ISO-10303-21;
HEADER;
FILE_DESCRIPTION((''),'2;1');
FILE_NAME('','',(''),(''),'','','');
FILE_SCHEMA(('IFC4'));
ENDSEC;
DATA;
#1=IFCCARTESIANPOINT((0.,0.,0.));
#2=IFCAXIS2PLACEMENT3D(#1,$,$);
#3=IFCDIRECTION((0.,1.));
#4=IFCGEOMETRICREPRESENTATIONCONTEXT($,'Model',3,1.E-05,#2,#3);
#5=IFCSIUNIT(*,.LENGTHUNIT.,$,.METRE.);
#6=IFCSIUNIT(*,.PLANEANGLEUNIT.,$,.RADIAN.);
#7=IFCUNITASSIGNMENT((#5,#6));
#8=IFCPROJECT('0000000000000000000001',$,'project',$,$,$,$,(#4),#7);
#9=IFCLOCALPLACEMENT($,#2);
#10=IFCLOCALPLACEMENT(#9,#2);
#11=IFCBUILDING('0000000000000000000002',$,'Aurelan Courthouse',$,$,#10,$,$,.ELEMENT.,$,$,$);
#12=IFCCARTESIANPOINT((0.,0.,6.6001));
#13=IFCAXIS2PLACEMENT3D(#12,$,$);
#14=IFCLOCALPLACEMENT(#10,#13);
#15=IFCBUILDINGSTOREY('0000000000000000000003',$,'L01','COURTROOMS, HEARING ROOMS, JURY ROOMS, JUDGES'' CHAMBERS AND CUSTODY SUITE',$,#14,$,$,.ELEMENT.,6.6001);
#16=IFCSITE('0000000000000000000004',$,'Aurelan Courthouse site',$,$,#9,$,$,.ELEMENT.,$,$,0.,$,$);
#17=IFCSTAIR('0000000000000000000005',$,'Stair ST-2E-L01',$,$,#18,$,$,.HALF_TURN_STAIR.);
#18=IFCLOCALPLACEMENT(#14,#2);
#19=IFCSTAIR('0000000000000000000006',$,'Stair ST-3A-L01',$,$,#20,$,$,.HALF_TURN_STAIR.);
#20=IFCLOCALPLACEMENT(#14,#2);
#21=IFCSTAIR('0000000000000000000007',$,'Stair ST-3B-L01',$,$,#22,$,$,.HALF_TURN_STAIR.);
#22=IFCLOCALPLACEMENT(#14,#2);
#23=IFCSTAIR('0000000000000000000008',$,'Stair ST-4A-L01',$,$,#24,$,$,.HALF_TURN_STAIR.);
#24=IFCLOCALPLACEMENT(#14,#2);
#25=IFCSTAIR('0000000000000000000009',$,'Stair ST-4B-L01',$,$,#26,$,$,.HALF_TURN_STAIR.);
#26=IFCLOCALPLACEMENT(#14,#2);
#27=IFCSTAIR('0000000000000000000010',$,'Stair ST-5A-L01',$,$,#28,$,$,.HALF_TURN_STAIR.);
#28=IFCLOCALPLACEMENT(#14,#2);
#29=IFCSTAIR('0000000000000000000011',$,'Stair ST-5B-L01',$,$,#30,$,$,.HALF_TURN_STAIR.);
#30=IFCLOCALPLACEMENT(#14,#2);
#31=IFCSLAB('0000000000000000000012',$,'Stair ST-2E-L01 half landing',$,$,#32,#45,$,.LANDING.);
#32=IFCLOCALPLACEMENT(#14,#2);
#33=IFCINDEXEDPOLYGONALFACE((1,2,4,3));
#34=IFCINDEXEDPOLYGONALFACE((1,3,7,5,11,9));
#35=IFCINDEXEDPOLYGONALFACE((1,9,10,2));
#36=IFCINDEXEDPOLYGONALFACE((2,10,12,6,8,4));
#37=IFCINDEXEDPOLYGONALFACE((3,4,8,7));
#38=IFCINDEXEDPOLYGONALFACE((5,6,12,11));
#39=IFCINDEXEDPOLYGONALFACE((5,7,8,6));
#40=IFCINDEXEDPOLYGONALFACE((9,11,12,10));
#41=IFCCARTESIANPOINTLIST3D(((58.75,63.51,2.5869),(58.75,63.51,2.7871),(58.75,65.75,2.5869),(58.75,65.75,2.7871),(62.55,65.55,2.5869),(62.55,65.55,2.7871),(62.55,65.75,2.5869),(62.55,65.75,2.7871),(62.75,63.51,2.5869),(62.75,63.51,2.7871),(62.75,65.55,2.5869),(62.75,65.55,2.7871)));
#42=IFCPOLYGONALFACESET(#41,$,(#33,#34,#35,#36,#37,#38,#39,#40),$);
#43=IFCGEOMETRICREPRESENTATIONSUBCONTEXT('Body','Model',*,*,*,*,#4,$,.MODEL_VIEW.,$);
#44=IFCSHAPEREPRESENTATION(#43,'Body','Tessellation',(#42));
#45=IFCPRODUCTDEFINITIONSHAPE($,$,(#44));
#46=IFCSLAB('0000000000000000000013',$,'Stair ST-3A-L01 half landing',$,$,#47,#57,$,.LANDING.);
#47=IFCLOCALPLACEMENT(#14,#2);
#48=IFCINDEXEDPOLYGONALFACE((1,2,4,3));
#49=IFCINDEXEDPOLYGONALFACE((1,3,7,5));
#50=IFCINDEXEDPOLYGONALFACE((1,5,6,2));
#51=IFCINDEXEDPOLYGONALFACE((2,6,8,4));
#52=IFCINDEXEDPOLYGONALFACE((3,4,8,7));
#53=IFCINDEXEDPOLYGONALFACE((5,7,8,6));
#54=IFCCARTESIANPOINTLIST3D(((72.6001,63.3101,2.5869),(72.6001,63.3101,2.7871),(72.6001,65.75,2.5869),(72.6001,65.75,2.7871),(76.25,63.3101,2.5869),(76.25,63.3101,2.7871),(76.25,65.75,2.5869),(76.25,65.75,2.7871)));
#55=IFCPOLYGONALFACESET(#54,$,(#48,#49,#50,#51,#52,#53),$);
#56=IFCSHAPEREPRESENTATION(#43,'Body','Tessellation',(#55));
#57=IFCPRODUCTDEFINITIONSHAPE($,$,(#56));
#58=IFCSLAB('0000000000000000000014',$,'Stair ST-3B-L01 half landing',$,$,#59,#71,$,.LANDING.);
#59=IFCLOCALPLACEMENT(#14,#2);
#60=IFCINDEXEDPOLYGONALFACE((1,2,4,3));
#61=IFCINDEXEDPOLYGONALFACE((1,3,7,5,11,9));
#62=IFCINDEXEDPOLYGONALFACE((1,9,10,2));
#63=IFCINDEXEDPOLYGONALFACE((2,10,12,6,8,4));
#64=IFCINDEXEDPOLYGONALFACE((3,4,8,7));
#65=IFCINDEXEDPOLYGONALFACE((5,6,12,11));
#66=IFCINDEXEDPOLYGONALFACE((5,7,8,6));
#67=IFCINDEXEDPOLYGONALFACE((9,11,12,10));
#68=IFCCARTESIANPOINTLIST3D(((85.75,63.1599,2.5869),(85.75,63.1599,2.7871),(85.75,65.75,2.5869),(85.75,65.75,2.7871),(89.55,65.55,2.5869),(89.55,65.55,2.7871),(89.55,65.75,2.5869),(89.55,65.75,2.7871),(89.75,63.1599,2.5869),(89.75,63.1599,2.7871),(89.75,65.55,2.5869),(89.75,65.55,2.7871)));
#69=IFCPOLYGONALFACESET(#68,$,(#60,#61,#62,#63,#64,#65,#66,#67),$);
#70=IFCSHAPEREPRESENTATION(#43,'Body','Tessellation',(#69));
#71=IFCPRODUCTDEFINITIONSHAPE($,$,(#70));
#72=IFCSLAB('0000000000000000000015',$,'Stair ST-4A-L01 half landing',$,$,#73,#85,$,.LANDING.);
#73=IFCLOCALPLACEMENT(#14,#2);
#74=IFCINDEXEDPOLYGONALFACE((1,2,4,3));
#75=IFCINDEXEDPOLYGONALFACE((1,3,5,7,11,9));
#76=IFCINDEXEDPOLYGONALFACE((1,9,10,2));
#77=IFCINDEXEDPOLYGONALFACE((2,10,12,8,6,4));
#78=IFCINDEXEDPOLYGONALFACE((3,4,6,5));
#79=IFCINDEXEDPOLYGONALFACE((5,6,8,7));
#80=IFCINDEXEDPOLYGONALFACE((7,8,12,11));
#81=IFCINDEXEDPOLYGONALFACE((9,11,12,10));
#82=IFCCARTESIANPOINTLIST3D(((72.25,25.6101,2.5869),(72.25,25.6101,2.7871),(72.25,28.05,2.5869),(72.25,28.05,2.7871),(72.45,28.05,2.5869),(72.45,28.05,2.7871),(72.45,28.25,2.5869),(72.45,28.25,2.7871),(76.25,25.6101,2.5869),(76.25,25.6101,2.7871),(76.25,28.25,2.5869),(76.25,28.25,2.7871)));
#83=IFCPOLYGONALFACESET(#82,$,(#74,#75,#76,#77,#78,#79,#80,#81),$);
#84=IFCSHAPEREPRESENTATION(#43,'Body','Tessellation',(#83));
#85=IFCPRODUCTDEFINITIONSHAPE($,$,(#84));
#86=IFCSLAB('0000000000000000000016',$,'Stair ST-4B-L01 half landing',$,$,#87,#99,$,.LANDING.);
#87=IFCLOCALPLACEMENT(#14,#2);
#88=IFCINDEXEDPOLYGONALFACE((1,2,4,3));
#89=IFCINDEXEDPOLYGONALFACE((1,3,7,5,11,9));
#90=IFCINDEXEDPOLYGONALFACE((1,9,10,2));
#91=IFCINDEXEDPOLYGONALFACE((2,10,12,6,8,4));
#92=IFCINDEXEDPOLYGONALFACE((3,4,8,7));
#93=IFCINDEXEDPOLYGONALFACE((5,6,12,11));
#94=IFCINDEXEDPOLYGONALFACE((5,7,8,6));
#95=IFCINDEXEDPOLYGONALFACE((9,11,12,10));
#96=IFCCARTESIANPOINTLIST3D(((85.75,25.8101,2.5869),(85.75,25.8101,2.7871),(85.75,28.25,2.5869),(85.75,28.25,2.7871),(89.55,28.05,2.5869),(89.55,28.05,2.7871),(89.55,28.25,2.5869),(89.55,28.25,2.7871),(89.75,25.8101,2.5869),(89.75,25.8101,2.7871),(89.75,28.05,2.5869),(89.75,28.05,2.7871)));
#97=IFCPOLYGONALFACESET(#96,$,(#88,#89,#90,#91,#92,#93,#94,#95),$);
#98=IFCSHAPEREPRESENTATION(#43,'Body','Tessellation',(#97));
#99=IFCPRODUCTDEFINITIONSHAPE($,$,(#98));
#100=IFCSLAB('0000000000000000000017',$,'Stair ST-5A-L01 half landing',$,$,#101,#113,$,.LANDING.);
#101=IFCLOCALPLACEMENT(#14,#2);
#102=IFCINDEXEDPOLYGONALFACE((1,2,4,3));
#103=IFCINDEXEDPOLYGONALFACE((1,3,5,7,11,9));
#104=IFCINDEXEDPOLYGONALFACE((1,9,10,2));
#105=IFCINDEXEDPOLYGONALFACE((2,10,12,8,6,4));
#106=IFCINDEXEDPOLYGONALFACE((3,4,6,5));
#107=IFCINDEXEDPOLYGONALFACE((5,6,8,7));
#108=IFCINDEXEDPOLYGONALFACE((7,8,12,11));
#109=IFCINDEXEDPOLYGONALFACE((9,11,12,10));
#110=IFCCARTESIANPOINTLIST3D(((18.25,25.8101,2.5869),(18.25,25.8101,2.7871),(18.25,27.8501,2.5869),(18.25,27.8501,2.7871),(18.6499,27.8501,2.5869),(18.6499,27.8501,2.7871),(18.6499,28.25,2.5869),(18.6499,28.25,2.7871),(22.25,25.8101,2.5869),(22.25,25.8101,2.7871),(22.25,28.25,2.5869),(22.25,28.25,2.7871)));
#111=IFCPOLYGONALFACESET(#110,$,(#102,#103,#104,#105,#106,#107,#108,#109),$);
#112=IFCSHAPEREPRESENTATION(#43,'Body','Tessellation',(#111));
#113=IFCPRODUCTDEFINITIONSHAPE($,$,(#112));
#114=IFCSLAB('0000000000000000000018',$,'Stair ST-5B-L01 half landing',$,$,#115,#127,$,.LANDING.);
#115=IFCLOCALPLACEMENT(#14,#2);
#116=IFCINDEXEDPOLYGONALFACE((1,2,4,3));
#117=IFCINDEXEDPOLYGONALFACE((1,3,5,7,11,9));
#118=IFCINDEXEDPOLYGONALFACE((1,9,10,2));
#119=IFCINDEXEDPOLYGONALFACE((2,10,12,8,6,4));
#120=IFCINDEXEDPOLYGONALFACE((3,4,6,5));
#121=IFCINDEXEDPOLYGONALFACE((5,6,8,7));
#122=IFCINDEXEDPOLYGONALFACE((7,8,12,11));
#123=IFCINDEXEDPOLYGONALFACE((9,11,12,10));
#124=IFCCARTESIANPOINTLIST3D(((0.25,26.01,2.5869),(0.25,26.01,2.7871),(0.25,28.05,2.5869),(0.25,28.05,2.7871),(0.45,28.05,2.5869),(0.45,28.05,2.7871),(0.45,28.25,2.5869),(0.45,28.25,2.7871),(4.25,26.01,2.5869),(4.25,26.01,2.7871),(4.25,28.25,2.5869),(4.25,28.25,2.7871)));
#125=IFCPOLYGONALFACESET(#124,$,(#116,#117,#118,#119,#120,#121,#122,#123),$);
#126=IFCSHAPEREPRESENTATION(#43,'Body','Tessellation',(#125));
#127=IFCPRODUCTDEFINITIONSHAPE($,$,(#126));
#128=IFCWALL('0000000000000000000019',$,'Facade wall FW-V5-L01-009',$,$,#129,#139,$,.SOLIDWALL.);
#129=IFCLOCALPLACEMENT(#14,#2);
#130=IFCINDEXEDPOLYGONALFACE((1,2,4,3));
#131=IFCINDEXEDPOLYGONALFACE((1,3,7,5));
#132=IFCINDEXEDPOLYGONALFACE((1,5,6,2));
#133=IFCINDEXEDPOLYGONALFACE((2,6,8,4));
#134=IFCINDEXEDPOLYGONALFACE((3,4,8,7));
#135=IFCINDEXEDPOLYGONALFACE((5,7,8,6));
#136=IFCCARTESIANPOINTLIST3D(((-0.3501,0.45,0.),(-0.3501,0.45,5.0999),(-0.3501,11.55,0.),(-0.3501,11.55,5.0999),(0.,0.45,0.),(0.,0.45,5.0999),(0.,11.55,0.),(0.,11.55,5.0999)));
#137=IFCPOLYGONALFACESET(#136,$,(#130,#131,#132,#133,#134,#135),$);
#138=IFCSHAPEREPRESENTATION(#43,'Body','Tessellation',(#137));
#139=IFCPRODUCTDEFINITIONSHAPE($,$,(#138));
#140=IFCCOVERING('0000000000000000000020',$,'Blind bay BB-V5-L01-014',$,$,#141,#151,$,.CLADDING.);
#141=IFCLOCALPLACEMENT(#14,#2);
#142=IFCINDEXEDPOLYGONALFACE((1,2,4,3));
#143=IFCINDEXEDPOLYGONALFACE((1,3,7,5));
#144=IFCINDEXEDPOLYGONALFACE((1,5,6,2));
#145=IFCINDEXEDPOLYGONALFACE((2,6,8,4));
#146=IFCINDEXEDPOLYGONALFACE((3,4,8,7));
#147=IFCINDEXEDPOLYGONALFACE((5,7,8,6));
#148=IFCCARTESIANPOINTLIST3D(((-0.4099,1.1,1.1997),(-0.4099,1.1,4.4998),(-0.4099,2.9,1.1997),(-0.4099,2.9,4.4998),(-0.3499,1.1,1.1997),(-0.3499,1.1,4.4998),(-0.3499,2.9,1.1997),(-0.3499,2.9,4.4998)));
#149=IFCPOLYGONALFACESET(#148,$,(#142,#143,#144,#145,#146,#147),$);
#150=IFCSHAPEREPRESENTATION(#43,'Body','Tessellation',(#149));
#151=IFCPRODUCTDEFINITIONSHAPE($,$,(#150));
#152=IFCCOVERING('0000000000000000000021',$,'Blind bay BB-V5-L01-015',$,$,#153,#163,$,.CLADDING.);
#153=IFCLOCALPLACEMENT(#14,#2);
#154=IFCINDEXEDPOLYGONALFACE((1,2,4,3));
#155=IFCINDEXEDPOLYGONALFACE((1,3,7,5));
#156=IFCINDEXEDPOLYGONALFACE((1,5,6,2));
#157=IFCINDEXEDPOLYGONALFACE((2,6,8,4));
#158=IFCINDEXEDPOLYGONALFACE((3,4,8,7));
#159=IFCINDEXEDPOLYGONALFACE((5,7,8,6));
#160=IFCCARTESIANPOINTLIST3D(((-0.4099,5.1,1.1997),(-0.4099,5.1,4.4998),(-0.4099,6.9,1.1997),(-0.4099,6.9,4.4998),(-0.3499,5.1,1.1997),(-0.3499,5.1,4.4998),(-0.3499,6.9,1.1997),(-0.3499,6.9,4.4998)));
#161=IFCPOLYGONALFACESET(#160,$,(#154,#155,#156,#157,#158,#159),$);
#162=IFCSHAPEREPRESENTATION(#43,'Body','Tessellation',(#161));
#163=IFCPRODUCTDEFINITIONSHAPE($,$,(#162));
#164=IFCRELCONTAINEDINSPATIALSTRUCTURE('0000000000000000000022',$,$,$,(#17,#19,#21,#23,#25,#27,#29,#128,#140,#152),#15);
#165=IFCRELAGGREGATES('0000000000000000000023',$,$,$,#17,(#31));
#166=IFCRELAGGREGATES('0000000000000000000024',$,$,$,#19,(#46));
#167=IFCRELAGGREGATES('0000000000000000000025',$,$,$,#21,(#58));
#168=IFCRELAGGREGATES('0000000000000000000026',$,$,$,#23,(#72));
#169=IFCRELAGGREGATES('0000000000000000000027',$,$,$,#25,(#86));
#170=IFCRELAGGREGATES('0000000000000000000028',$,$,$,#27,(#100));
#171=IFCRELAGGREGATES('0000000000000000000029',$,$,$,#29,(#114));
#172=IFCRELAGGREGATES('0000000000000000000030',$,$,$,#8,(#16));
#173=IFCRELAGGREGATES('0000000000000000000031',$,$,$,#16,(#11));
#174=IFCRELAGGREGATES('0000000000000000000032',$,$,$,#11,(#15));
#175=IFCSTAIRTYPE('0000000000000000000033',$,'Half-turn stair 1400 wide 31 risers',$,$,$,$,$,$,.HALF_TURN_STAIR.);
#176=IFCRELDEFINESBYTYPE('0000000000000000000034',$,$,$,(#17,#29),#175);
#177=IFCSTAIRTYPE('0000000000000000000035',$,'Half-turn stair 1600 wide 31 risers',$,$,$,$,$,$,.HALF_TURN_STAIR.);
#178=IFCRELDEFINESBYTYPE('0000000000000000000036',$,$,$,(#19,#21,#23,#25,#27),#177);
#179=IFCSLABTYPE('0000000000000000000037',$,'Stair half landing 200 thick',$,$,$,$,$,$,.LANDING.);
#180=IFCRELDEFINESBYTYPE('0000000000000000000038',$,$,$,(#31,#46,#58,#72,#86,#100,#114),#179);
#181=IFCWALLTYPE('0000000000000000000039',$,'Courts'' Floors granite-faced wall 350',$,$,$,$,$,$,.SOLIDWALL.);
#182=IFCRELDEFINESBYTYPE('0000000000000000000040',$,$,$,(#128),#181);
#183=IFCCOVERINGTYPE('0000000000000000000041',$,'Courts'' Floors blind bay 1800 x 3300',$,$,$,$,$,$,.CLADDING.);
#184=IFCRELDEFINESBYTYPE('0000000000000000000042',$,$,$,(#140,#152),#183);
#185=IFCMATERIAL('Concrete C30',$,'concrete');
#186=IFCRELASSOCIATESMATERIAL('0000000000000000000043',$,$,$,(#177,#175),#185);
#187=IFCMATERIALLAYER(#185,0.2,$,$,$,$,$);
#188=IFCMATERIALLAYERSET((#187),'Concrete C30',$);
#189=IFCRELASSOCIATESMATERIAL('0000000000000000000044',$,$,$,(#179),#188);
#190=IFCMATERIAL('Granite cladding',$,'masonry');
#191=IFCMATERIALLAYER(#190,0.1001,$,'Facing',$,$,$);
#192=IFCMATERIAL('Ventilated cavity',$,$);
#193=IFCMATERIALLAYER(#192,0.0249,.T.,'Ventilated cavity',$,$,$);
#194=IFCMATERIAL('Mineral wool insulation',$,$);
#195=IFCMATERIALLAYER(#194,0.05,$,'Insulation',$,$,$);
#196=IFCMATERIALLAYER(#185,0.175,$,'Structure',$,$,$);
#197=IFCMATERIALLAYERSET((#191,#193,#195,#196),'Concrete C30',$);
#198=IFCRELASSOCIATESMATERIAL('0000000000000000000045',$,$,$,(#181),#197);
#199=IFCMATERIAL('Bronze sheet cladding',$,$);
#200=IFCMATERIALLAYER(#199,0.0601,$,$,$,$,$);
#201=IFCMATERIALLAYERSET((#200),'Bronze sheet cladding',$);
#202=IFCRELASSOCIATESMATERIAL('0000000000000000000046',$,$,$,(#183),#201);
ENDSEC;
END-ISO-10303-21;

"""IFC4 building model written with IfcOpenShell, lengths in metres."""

from ifc_helpers import new_model, si_unit, direction, frame, frame_2d, origin, origin_2d, place, context, subcontext, project, spatial, polyline, rectangle, outline, extrude, material, layer, layer_set, type_object, element, aggregate, save


model = new_model("IFC4")

# Units and contexts
model_context = context("Model", 3, precision=1e-05, world=origin(), true_north=direction((0.0, 1.0)))
body_context = subcontext(model_context, "Body", "Model", "MODEL_VIEW")
ifc_project = project(units=[si_unit("LENGTHUNIT", "METRE"), si_unit("PLANEANGLEUNIT", "RADIAN")], contexts=[model_context])

# Site, building, storey
site_placement = place(None, origin())
site = spatial("IfcSite", under=ifc_project, at=site_placement, Name="Aurelan Courthouse site", CompositionType="ELEMENT", RefElevation=0.0)
building_placement = place(site_placement, origin())
building = spatial("IfcBuilding", under=site, at=building_placement, Name="Aurelan Courthouse", CompositionType="ELEMENT")
storey_placement = place(building_placement, frame((0.0, 0.0, 6.6001)))
storey = spatial("IfcBuildingStorey", under=building, at=storey_placement, Name="L01", Description="COURTROOMS, HEARING ROOMS, JURY ROOMS, JUDGES' CHAMBERS AND CUSTODY SUITE", CompositionType="ELEMENT", Elevation=6.6001)

# Stairs
ifc_material_1 = material(Name="Concrete C30", Category="concrete")
stair_type_1 = type_object("IfcStairType", Name="Half-turn stair 1600 wide 31 risers", PredefinedType="HALF_TURN_STAIR", material=ifc_material_1)
stair_type_2 = type_object("IfcStairType", Name="Half-turn stair 1400 wide 31 risers", PredefinedType="HALF_TURN_STAIR", material=ifc_material_1)
stair_1_placement = place(storey_placement, origin())
stair_1 = element("IfcStair", 1, at=stair_1_placement, inside=storey, type_object=stair_type_2, Name="Stair ST-2E-L01", PredefinedType="HALF_TURN_STAIR")
stair_2_placement = place(storey_placement, origin())
stair_2 = element("IfcStair", 2, at=stair_2_placement, inside=storey, type_object=stair_type_1, Name="Stair ST-3A-L01", PredefinedType="HALF_TURN_STAIR")
stair_3_placement = place(storey_placement, origin())
stair_3 = element("IfcStair", 3, at=stair_3_placement, inside=storey, type_object=stair_type_1, Name="Stair ST-3B-L01", PredefinedType="HALF_TURN_STAIR")
stair_4_placement = place(storey_placement, origin())
stair_4 = element("IfcStair", 4, at=stair_4_placement, inside=storey, type_object=stair_type_1, Name="Stair ST-4A-L01", PredefinedType="HALF_TURN_STAIR")
stair_5_placement = place(storey_placement, origin())
stair_5 = element("IfcStair", 5, at=stair_5_placement, inside=storey, type_object=stair_type_1, Name="Stair ST-4B-L01", PredefinedType="HALF_TURN_STAIR")
stair_6_placement = place(storey_placement, origin())
stair_6 = element("IfcStair", 6, at=stair_6_placement, inside=storey, type_object=stair_type_1, Name="Stair ST-5A-L01", PredefinedType="HALF_TURN_STAIR")
stair_7_placement = place(storey_placement, origin())
stair_7 = element("IfcStair", 7, at=stair_7_placement, inside=storey, type_object=stair_type_2, Name="Stair ST-5B-L01", PredefinedType="HALF_TURN_STAIR")

# Slabs
ifc_layer_1 = layer(ifc_material_1, 0.2)
ifc_layer_set_1 = layer_set([ifc_layer_1], Name="Concrete C30")
slab_type_1 = type_object("IfcSlabType", Name="Stair half landing 200 thick", PredefinedType="LANDING", material=ifc_layer_set_1)
slab_1_placement = place(storey_placement, frame((0.0, 0.0, 2.5869)))
slab_1 = element("IfcSlab", 8, at=slab_1_placement, type_object=slab_type_1, Name="Stair ST-2E-L01 half landing", PredefinedType="LANDING", context=body_context, shape_type="SweptSolid", body=[
    extrude(outline(polyline([(58.75, 65.75), (62.55, 65.75), (62.55, 65.55), (62.75, 65.55), (62.75, 63.51), (58.75, 63.51), (58.75, 65.75)])), origin(), (0.0, 0.0, 1.0), 0.2002),
])
aggregate(stair_1, [slab_1])
slab_2_placement = place(storey_placement, frame((0.0, 0.0, 2.5869)))
slab_2 = element("IfcSlab", 9, at=slab_2_placement, type_object=slab_type_1, Name="Stair ST-3A-L01 half landing", PredefinedType="LANDING", context=body_context, shape_type="SweptSolid", body=[
    extrude(outline(polyline([(72.6001, 65.75), (76.25, 65.75), (76.25, 63.3101), (72.6001, 63.3101), (72.6001, 65.75)])), origin(), (0.0, 0.0, 1.0), 0.2002),
])
aggregate(stair_2, [slab_2])
slab_3_placement = place(storey_placement, frame((0.0, 0.0, 2.5869)))
slab_3 = element("IfcSlab", 10, at=slab_3_placement, type_object=slab_type_1, Name="Stair ST-3B-L01 half landing", PredefinedType="LANDING", context=body_context, shape_type="SweptSolid", body=[
    extrude(outline(polyline([(85.75, 63.1599), (85.75, 65.75), (89.55, 65.75), (89.55, 65.55), (89.75, 65.55), (89.75, 63.1599), (85.75, 63.1599)])), origin(), (0.0, 0.0, 1.0), 0.2002),
])
aggregate(stair_3, [slab_3])
slab_4_placement = place(storey_placement, frame((0.0, 0.0, 2.5869)))
slab_4 = element("IfcSlab", 11, at=slab_4_placement, type_object=slab_type_1, Name="Stair ST-4A-L01 half landing", PredefinedType="LANDING", context=body_context, shape_type="SweptSolid", body=[
    extrude(outline(polyline([(72.25, 28.05), (72.45, 28.05), (72.45, 28.25), (76.25, 28.25), (76.25, 25.6101), (72.25, 25.6101), (72.25, 28.05)])), origin(), (0.0, 0.0, 1.0), 0.2002),
])
aggregate(stair_4, [slab_4])
slab_5_placement = place(storey_placement, frame((0.0, 0.0, 2.5869)))
slab_5 = element("IfcSlab", 12, at=slab_5_placement, type_object=slab_type_1, Name="Stair ST-4B-L01 half landing", PredefinedType="LANDING", context=body_context, shape_type="SweptSolid", body=[
    extrude(outline(polyline([(85.75, 28.25), (89.55, 28.25), (89.55, 28.05), (89.75, 28.05), (89.75, 25.8101), (85.75, 25.8101), (85.75, 28.25)])), origin(), (0.0, 0.0, 1.0), 0.2002),
])
aggregate(stair_5, [slab_5])
slab_6_placement = place(storey_placement, frame((0.0, 0.0, 2.5869)))
slab_6 = element("IfcSlab", 13, at=slab_6_placement, type_object=slab_type_1, Name="Stair ST-5A-L01 half landing", PredefinedType="LANDING", context=body_context, shape_type="SweptSolid", body=[
    extrude(outline(polyline([(18.25, 27.8501), (18.6499, 27.8501), (18.6499, 28.25), (22.25, 28.25), (22.25, 25.8101), (18.25, 25.8101), (18.25, 27.8501)])), origin(), (0.0, 0.0, 1.0), 0.2002),
])
aggregate(stair_6, [slab_6])
slab_7_placement = place(storey_placement, frame((0.0, 0.0, 2.5869)))
slab_7 = element("IfcSlab", 14, at=slab_7_placement, type_object=slab_type_1, Name="Stair ST-5B-L01 half landing", PredefinedType="LANDING", context=body_context, shape_type="SweptSolid", body=[
    extrude(outline(polyline([(4.25, 28.25), (4.25, 26.01), (0.25, 26.01), (0.25, 28.05), (0.45, 28.05), (0.45, 28.25), (4.25, 28.25)])), origin(), (0.0, 0.0, 1.0), 0.2002),
])
aggregate(stair_7, [slab_7])

# Wall
ifc_material_2 = material(Name="Granite cladding", Category="masonry")
ifc_layer_2 = layer(ifc_material_2, 0.1001, Name="Facing")
ifc_material_3 = material(Name="Ventilated cavity")
ifc_layer_3 = layer(ifc_material_3, 0.0249, ventilated=True, Name="Ventilated cavity")
ifc_material_4 = material(Name="Mineral wool insulation")
ifc_layer_4 = layer(ifc_material_4, 0.05, Name="Insulation")
ifc_layer_5 = layer(ifc_material_1, 0.175, Name="Structure")
ifc_layer_set_2 = layer_set([ifc_layer_2, ifc_layer_3, ifc_layer_4, ifc_layer_5], Name="Concrete C30")
wall_type = type_object("IfcWallType", Name="Courts' Floors granite-faced wall 350", PredefinedType="SOLIDWALL", material=ifc_layer_set_2)
wall_placement = place(storey_placement, frame((-0.175, 0.45, 0.0), z_axis=(0.0, 0.0, 1.0), x_axis=(0.0, 1.0, 0.0)))
element("IfcWall", 15, at=wall_placement, inside=storey, type_object=wall_type, Name="Facade wall FW-V5-L01-009", PredefinedType="SOLIDWALL", context=body_context, shape_type="SweptSolid", body=[
    extrude(rectangle(XDim=11.1001, YDim=0.3501, at=frame_2d((5.55, 0.0))), origin(), (0.0, 0.0, 1.0), 5.0999),
])

# Coverings
ifc_material_5 = material(Name="Bronze sheet cladding")
ifc_layer_6 = layer(ifc_material_5, 0.0601)
ifc_layer_set_3 = layer_set([ifc_layer_6], Name="Bronze sheet cladding")
covering_type = type_object("IfcCoveringType", Name="Courts' Floors blind bay 1800 x 3300", PredefinedType="CLADDING", material=ifc_layer_set_3)
for number, where, z_axis, x_axis, name in (
    (16, (-0.3799, 2.0, 1.1997), (0.0, 0.0, 1.0), (1.0, 0.0, 0.0), "Blind bay BB-V5-L01-014"),
    (17, (-0.3799, 6.0, 1.1997), (0.0, 0.0, 1.0), (1.0, 0.0, 0.0), "Blind bay BB-V5-L01-015"),
):
    element("IfcCovering", number, at=place(storey_placement, frame(where, z_axis=z_axis, x_axis=x_axis)), inside=storey, type_object=covering_type, Name=name, PredefinedType="CLADDING", context=body_context, shape_type="SweptSolid", body=[
        extrude(rectangle(XDim=0.0601, YDim=1.8, at=origin_2d()), origin(), (0.0, 0.0, 1.0), 3.3),
    ])

save(model, "model.ifc")
